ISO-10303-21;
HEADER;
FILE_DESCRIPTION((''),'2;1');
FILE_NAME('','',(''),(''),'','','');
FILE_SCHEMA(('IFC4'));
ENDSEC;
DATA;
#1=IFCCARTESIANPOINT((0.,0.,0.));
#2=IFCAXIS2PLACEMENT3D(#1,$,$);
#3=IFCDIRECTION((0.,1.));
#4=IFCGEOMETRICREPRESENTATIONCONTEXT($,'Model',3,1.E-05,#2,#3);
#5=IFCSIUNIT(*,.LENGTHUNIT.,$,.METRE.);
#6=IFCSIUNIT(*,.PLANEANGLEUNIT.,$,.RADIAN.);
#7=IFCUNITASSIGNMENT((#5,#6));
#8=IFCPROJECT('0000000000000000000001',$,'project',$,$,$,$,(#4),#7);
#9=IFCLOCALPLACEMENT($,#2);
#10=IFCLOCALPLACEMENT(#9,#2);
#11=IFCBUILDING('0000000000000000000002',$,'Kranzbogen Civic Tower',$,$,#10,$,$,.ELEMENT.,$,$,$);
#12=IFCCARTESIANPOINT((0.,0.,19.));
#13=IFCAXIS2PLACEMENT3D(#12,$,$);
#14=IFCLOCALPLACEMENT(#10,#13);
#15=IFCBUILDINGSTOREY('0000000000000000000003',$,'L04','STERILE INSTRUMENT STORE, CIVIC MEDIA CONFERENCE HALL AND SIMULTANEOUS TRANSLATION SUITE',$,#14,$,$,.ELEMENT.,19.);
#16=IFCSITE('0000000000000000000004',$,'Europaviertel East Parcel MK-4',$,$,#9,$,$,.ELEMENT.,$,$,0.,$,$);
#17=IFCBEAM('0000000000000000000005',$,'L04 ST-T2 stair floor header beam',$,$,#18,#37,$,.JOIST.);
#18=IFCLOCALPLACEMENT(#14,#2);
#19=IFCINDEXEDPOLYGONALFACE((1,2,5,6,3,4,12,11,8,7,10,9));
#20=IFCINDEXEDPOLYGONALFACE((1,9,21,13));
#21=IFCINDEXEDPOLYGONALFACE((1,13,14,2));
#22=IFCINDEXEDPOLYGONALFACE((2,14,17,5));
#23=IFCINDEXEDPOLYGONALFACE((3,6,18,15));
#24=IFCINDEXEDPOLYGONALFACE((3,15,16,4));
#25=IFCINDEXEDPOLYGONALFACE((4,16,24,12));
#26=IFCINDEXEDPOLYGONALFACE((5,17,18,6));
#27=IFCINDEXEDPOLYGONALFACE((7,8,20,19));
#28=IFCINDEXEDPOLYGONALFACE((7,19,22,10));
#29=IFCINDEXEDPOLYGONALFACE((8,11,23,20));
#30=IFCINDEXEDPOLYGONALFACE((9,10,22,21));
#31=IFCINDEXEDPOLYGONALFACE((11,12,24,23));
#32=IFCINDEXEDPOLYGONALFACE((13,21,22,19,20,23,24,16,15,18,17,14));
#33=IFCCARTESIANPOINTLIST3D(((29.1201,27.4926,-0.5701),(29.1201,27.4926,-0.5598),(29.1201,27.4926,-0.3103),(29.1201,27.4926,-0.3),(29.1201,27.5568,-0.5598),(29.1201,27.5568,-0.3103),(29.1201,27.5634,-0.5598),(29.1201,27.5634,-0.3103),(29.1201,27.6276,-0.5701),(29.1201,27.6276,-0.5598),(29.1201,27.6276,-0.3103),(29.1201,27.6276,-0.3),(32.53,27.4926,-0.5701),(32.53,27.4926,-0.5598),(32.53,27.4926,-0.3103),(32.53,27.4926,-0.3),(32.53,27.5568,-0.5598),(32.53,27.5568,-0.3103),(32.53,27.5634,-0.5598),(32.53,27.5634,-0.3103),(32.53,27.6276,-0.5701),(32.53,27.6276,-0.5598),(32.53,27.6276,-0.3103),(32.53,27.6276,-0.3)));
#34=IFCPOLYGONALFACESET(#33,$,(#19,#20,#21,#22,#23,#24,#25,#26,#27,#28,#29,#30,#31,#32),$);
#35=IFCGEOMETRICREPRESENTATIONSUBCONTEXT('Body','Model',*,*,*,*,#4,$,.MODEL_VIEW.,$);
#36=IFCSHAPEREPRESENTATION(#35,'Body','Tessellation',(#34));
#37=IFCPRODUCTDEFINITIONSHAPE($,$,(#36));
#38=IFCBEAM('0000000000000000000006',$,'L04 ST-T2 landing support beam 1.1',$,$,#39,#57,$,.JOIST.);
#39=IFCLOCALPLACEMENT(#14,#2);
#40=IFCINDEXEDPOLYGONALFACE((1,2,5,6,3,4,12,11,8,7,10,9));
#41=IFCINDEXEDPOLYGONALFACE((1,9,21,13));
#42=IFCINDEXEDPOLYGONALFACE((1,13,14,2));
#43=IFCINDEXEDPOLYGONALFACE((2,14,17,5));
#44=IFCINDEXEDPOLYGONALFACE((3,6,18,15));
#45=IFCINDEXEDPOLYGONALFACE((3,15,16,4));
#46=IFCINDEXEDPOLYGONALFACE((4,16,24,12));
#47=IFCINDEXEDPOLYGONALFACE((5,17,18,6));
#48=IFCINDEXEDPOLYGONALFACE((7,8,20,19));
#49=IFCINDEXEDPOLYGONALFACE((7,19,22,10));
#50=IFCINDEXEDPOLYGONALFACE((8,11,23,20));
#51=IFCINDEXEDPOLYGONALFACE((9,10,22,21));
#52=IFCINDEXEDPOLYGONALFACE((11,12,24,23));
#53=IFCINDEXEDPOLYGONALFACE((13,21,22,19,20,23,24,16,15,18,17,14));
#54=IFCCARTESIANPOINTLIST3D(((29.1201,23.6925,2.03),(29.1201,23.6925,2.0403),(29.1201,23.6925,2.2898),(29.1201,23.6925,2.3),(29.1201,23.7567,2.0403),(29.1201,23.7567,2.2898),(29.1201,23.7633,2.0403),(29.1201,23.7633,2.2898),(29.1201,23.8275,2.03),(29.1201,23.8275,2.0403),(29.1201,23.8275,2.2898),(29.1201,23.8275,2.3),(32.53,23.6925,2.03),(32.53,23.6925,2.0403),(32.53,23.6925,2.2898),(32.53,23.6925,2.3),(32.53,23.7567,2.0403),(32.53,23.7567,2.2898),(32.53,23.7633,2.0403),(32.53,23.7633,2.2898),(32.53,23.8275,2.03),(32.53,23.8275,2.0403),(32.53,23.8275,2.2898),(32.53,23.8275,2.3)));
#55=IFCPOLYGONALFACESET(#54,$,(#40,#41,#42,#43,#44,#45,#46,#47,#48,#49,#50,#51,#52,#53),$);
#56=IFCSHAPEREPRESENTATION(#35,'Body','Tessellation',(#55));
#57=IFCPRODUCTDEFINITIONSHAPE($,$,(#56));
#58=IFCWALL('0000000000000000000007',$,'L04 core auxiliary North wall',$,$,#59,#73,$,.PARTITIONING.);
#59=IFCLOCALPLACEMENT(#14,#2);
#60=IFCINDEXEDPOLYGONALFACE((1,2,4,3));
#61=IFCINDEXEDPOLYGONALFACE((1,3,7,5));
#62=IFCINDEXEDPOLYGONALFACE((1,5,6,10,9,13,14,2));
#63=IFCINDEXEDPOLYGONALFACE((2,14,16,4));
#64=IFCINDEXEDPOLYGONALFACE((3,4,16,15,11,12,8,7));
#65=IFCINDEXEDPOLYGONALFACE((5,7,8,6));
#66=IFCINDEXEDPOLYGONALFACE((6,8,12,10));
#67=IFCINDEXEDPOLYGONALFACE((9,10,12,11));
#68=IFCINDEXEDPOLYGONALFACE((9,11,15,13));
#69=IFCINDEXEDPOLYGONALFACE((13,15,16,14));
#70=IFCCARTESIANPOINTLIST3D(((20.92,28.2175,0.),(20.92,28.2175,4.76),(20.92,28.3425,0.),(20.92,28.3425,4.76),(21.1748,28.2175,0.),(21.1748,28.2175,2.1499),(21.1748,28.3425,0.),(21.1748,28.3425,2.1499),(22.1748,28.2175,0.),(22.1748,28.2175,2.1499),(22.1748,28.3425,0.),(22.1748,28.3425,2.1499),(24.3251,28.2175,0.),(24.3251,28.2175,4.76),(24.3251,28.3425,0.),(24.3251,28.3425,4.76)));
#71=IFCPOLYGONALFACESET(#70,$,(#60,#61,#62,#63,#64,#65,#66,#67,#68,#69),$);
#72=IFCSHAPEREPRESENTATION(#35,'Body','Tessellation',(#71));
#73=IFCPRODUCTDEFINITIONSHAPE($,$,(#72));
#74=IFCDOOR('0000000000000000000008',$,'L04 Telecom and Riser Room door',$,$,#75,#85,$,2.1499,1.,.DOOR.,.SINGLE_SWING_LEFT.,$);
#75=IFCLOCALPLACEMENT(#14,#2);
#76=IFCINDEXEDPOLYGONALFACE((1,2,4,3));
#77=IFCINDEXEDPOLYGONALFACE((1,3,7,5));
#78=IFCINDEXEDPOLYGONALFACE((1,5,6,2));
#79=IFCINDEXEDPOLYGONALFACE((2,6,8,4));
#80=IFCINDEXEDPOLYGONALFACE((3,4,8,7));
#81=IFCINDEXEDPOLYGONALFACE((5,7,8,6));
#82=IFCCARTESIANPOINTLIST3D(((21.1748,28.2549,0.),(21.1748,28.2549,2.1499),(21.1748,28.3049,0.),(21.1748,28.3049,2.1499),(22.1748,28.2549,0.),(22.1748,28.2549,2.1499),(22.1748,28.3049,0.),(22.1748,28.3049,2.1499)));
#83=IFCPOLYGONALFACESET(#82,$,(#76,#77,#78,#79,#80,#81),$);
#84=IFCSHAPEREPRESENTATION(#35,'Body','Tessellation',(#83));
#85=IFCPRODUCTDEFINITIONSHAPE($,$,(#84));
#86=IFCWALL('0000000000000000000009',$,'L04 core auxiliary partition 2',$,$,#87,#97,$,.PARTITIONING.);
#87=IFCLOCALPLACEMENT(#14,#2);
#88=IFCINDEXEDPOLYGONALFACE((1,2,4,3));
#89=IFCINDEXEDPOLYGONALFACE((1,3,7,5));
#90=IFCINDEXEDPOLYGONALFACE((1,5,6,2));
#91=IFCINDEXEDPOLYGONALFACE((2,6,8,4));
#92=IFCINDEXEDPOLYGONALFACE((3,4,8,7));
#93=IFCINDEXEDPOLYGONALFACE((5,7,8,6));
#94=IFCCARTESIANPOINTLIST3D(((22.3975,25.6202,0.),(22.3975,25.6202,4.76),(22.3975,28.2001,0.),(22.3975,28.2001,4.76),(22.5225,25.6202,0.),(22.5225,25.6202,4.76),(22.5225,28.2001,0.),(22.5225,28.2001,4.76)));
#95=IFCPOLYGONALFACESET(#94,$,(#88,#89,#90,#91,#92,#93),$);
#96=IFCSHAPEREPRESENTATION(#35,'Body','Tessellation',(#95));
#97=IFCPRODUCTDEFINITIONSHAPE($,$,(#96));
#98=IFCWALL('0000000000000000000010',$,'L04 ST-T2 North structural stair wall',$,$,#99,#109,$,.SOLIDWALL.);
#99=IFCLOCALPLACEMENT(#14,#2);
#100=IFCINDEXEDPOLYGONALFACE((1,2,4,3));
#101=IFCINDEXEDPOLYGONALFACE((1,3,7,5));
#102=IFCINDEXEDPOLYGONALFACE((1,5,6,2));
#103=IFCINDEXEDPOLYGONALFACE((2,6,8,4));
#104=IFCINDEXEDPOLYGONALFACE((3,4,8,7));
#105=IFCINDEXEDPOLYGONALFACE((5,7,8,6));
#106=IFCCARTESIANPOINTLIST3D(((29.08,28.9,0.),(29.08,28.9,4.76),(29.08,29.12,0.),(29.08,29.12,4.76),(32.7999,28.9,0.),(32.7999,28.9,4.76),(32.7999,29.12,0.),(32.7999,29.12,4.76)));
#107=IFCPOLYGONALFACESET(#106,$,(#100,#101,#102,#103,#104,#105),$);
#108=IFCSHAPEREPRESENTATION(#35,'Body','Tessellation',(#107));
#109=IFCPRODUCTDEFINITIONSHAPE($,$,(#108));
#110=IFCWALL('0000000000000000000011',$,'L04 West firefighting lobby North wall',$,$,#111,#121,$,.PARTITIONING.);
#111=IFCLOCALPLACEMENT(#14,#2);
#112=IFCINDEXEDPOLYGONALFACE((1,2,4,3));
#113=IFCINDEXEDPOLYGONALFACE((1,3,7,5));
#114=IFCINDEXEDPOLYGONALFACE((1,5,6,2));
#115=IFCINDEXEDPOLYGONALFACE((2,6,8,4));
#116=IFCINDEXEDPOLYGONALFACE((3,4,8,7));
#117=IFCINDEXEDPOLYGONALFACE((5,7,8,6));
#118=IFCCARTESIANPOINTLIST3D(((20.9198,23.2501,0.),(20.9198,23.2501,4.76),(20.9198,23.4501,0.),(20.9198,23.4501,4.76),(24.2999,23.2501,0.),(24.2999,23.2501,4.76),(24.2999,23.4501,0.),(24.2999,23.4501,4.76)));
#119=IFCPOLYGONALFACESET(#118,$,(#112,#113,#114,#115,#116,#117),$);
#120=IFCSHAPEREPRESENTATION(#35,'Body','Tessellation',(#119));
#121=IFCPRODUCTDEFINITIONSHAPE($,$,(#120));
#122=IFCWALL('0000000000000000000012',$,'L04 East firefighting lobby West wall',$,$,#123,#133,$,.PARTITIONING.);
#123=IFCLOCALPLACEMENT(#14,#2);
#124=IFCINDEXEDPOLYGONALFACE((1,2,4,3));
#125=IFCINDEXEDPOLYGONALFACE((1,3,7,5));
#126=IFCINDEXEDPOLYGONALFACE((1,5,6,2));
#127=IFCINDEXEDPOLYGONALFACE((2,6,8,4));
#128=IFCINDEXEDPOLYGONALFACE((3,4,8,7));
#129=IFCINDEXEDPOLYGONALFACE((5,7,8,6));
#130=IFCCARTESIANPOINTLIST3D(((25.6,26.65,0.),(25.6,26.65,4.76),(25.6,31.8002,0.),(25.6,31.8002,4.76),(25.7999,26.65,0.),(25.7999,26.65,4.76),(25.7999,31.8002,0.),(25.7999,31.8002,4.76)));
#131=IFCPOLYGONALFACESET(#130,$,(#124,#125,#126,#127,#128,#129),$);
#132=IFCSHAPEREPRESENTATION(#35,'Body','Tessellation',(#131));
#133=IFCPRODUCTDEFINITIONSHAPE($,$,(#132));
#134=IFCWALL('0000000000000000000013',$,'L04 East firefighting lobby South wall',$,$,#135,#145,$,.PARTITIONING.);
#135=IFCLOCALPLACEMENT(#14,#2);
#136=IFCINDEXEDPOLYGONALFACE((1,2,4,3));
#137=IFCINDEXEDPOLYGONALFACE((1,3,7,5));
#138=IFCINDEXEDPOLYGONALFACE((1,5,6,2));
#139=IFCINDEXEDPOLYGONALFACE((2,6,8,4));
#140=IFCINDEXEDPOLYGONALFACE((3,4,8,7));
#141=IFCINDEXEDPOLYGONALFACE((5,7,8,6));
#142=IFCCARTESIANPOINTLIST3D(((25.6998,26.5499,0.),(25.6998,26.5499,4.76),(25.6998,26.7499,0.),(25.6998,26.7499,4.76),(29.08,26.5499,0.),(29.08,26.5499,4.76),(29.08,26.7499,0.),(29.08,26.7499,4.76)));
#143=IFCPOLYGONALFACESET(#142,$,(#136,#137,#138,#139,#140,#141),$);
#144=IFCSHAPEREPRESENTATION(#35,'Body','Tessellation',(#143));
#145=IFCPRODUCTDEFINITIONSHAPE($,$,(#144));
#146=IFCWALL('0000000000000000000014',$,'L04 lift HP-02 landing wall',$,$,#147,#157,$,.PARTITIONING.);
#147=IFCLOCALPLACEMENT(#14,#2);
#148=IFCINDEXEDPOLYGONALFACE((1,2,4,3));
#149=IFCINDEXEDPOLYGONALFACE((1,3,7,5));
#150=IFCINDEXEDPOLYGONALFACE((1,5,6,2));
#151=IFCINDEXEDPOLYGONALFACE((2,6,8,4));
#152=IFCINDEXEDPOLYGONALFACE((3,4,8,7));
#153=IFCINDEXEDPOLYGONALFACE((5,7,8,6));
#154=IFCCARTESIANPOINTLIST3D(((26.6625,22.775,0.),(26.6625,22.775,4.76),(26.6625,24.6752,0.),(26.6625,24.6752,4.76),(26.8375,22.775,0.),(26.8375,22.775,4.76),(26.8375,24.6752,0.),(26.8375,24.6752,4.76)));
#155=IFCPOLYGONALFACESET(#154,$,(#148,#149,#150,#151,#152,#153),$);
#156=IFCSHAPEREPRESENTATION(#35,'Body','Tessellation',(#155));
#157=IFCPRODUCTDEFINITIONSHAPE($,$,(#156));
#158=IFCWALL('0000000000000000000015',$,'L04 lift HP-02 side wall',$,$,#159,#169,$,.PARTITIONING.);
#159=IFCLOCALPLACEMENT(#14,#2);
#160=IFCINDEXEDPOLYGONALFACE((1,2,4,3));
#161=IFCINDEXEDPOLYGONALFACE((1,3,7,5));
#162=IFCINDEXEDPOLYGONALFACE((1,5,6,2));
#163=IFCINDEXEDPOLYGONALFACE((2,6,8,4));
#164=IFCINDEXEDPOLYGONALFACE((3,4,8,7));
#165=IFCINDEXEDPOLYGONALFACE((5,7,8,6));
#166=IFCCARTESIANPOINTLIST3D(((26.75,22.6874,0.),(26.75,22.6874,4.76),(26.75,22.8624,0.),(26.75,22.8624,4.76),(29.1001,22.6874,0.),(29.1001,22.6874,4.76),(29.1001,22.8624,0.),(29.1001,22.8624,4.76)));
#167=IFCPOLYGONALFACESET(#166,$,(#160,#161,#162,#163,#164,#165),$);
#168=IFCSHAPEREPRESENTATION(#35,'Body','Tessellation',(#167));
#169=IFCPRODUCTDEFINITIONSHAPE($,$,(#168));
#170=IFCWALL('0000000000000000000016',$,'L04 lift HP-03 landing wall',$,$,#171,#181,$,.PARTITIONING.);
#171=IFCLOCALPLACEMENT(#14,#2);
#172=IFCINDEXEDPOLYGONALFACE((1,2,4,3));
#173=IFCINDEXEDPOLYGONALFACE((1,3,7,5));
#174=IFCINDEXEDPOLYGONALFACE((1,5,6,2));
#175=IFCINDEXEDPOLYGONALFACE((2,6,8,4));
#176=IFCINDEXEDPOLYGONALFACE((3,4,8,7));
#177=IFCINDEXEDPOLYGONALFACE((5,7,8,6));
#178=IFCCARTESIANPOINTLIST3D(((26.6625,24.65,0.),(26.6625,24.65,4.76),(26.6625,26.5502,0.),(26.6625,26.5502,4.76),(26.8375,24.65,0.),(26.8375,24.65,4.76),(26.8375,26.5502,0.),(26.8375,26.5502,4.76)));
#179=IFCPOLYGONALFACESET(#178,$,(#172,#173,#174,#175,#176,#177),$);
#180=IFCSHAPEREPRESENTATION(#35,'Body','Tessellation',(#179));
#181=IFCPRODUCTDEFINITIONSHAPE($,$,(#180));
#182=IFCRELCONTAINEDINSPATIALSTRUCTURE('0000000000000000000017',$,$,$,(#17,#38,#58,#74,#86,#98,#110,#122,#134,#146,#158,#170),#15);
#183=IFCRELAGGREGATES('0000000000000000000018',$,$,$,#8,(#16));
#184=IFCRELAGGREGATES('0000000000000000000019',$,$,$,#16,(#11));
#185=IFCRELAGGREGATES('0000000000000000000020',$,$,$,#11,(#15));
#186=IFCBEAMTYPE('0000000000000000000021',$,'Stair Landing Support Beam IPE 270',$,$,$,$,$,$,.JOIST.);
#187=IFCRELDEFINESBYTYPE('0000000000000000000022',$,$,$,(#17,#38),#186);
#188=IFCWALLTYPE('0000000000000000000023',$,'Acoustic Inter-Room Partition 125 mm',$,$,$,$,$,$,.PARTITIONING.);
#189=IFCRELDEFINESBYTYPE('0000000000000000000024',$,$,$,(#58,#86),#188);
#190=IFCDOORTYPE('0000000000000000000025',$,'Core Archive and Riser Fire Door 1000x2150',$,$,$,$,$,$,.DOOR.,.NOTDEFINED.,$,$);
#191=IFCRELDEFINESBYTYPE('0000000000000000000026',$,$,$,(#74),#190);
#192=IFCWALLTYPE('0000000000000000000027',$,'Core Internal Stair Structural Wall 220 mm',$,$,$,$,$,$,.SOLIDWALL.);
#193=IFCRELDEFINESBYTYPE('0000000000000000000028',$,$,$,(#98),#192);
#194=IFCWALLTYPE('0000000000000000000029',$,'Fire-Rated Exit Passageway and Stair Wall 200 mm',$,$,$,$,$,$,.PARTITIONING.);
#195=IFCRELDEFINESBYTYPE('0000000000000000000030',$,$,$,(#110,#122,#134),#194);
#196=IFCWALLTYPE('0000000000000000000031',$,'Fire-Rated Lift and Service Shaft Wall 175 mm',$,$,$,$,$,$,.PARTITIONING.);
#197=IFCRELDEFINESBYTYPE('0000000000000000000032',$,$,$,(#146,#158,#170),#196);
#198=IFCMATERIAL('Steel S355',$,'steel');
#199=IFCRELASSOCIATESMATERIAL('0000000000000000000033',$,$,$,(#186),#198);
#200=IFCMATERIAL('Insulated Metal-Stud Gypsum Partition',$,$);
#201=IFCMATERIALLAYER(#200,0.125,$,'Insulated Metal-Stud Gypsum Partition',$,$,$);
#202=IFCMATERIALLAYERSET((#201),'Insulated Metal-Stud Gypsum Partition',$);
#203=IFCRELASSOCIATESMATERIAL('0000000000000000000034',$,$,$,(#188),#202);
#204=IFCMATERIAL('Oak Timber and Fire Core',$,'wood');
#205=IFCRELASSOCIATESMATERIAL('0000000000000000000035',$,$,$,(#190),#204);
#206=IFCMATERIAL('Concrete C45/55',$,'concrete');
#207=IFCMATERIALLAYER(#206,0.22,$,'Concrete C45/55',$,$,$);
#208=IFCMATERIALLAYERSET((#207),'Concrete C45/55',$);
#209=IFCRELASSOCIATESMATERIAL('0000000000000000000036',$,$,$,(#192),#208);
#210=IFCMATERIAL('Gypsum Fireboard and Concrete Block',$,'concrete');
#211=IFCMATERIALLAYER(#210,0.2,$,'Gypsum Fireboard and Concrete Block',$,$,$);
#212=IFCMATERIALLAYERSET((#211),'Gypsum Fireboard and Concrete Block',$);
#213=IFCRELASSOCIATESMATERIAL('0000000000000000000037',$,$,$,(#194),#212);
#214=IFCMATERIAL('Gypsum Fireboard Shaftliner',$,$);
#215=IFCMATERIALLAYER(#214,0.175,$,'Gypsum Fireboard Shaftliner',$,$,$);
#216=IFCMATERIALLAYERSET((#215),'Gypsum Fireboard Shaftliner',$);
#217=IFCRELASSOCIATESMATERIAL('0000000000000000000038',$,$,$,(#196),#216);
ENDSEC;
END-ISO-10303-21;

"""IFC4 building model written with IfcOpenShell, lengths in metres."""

from ifc_helpers import new_model, si_unit, direction, frame, frame_2d, origin, origin_2d, place, context, subcontext, project, spatial, rectangle, i_section, extrude, material, layer, layer_set, material_profile, profile_set, type_object, element, fill, save


model = new_model("IFC4")

# Units and contexts
model_context = context("Model", 3, precision=1e-05, world=origin(), true_north=direction((0.0, 1.0)))
body_context = subcontext(model_context, "Body", "Model", "MODEL_VIEW")
ifc_project = project(units=[si_unit("LENGTHUNIT", "METRE"), si_unit("PLANEANGLEUNIT", "RADIAN")], contexts=[model_context])

# Site, building, storey
site_placement = place(None, origin())
site = spatial("IfcSite", under=ifc_project, at=site_placement, Name="Europaviertel East Parcel MK-4", CompositionType="ELEMENT", RefElevation=0.0)
building_placement = place(site_placement, origin())
building = spatial("IfcBuilding", under=site, at=building_placement, Name="Kranzbogen Civic Tower", CompositionType="ELEMENT")
storey_placement = place(building_placement, frame((0.0, 0.0, 19.0)))
storey = spatial("IfcBuildingStorey", under=building, at=storey_placement, Name="L04", Description="STERILE INSTRUMENT STORE, CIVIC MEDIA CONFERENCE HALL AND SIMULTANEOUS TRANSLATION SUITE", CompositionType="ELEMENT", Elevation=19.0)

# Beams
ifc_material_1 = material(Name="Steel S355", Category="steel")
ifc_material_profile = material_profile(ifc_material_1, i_section(OverallWidth=0.135, OverallDepth=0.27, WebThickness=0.0066, FlangeThickness=0.0103, at=origin_2d()), Name="IPE 270")
ifc_profile_set = profile_set([ifc_material_profile], Name="Steel S355")
beam_type = type_object("IfcBeamType", Name="Stair Landing Support Beam IPE 270", PredefinedType="JOIST", material=ifc_profile_set)
for number, where, z_axis, x_axis, name in (
    (1, (29.1201, 27.5601, -0.4351), (1.0, 0.0, 0.0), (0.0, 1.0, 0.0), "L04 ST-T2 stair floor header beam"),
    (2, (29.1201, 23.76, 2.165), (1.0, 0.0, 0.0), (0.0, 1.0, 0.0), "L04 ST-T2 landing support beam 1.1"),
):
    element("IfcBeam", number, at=place(storey_placement, frame(where, z_axis=z_axis, x_axis=x_axis)), inside=storey, type_object=beam_type, Name=name, PredefinedType="JOIST", context=body_context, shape_type="SweptSolid", body=[
        extrude(i_section(OverallWidth=0.135, OverallDepth=0.27, WebThickness=0.0066, FlangeThickness=0.0103, at=origin_2d()), origin(), (0.0, 0.0, 1.0), 3.4099),
    ])

# Wall, opening, door
ifc_material_2 = material(Name="Insulated Metal-Stud Gypsum Partition")
ifc_layer_1 = layer(ifc_material_2, 0.125, Name="Insulated Metal-Stud Gypsum Partition")
ifc_layer_set_1 = layer_set([ifc_layer_1], Name="Insulated Metal-Stud Gypsum Partition")
wall_type_1 = type_object("IfcWallType", Name="Acoustic Inter-Room Partition 125 mm", PredefinedType="PARTITIONING", material=ifc_layer_set_1)
wall_1_placement = place(storey_placement, frame((20.9199, 28.28, 0.0), z_axis=(0.0, 0.0, 1.0), x_axis=(1.0, 0.0, 0.0)))
wall_1 = element("IfcWall", 3, at=wall_1_placement, inside=storey, type_object=wall_type_1, Name="L04 core auxiliary North wall", PredefinedType="PARTITIONING", context=body_context, shape_type="SweptSolid", body=[
    extrude(rectangle(XDim=3.405, YDim=0.125, at=frame_2d((1.7026, 0.0))), origin(), (0.0, 0.0, 1.0), 4.76),
])
opening_1_placement = place(wall_1_placement, frame((0.2549, 0.0, 0.0)))
opening_1 = element("IfcOpeningElement", 4, at=opening_1_placement, cuts=wall_1, PredefinedType="OPENING", context=body_context, shape_type="SweptSolid", body=[
    extrude(rectangle(XDim=1.0, YDim=2.1499, at=frame_2d((0.5, 1.075))), frame((0.0, 0.0725, 0.0), z_axis=(0.0, -1.0, 0.0), x_axis=(1.0, 0.0, 0.0)), (0.0, 0.0, 1.0), 0.145),
])
ifc_material_3 = material(Name="Oak Timber and Fire Core", Category="wood")
door_type_1 = type_object("IfcDoorType", Name="Core Archive and Riser Fire Door 1000x2150", OperationType="NOTDEFINED", PredefinedType="DOOR", material=ifc_material_3)
door_1_placement = place(opening_1_placement, origin())
door_1 = element("IfcDoor", 5, at=door_1_placement, inside=storey, type_object=door_type_1, Name="L04 Telecom and Riser Room door", OperationType="SINGLE_SWING_LEFT", OverallHeight=2.1499, OverallWidth=1.0, PredefinedType="DOOR", context=body_context, shape_type="SweptSolid", body=[
    extrude(rectangle(XDim=1.0, YDim=2.1499, at=frame_2d((0.5, 1.075))), frame((0.0, 0.0249, 0.0), z_axis=(0.0, -1.0, 0.0), x_axis=(1.0, 0.0, 0.0)), (0.0, 0.0, 1.0), 0.05),
])
fill(opening_1, door_1)

# Walls
wall_2_placement = place(storey_placement, frame((22.46, 25.6201, 0.0), z_axis=(0.0, 0.0, 1.0), x_axis=(0.0, 1.0, 0.0)))
element("IfcWall", 6, at=wall_2_placement, inside=storey, type_object=wall_type_1, Name="L04 core auxiliary partition 2", PredefinedType="PARTITIONING", context=body_context, shape_type="SweptSolid", body=[
    extrude(rectangle(XDim=2.5798, YDim=0.125, at=frame_2d((1.29, 0.0))), origin(), (0.0, 0.0, 1.0), 4.76),
])
ifc_material_4 = material(Name="Concrete C45/55", Category="concrete")
ifc_layer_2 = layer(ifc_material_4, 0.22, Name="Concrete C45/55")
ifc_layer_set_2 = layer_set([ifc_layer_2], Name="Concrete C45/55")
wall_type_2 = type_object("IfcWallType", Name="Core Internal Stair Structural Wall 220 mm", PredefinedType="SOLIDWALL", material=ifc_layer_set_2)
wall_3_placement = place(storey_placement, frame((29.0801, 29.01, 0.0), z_axis=(0.0, 0.0, 1.0), x_axis=(1.0, 0.0, 0.0)))
element("IfcWall", 7, at=wall_3_placement, inside=storey, type_object=wall_type_2, Name="L04 ST-T2 North structural stair wall", PredefinedType="SOLIDWALL", context=body_context, shape_type="SweptSolid", body=[
    extrude(rectangle(XDim=3.72, YDim=0.22, at=frame_2d((1.8599, 0.0))), origin(), (0.0, 0.0, 1.0), 4.76),
])
ifc_material_5 = material(Name="Gypsum Fireboard and Concrete Block", Category="concrete")
ifc_layer_3 = layer(ifc_material_5, 0.2, Name="Gypsum Fireboard and Concrete Block")
ifc_layer_set_3 = layer_set([ifc_layer_3], Name="Gypsum Fireboard and Concrete Block")
wall_type_3 = type_object("IfcWallType", Name="Fire-Rated Exit Passageway and Stair Wall 200 mm", PredefinedType="PARTITIONING", material=ifc_layer_set_3)
wall_4_placement = place(storey_placement, frame((20.9199, 23.3501, 0.0), z_axis=(0.0, 0.0, 1.0), x_axis=(1.0, 0.0, 0.0)))
element("IfcWall", 8, at=wall_4_placement, inside=storey, type_object=wall_type_3, Name="L04 West firefighting lobby North wall", PredefinedType="PARTITIONING", context=body_context, shape_type="SweptSolid", body=[
    extrude(rectangle(XDim=3.3801, YDim=0.2, at=frame_2d((1.6899, 0.0))), origin(), (0.0, 0.0, 1.0), 4.76),
])
wall_5_placement = place(storey_placement, frame((25.7, 26.6499, 0.0), z_axis=(0.0, 0.0, 1.0), x_axis=(0.0, 1.0, 0.0)))
element("IfcWall", 9, at=wall_5_placement, inside=storey, type_object=wall_type_3, Name="L04 East firefighting lobby West wall", PredefinedType="PARTITIONING", context=body_context, shape_type="SweptSolid", body=[
    extrude(rectangle(XDim=5.1501, YDim=0.2, at=frame_2d((2.5752, 0.0))), origin(), (0.0, 0.0, 1.0), 4.76),
])
wall_6_placement = place(storey_placement, frame((25.7, 26.6499, 0.0), z_axis=(0.0, 0.0, 1.0), x_axis=(1.0, 0.0, 0.0)))
element("IfcWall", 10, at=wall_6_placement, inside=storey, type_object=wall_type_3, Name="L04 East firefighting lobby South wall", PredefinedType="PARTITIONING", context=body_context, shape_type="SweptSolid", body=[
    extrude(rectangle(XDim=3.3801, YDim=0.2, at=frame_2d((1.6899, 0.0))), origin(), (0.0, 0.0, 1.0), 4.76),
])
ifc_material_6 = material(Name="Gypsum Fireboard Shaftliner")
ifc_layer_4 = layer(ifc_material_6, 0.175, Name="Gypsum Fireboard Shaftliner")
ifc_layer_set_4 = layer_set([ifc_layer_4], Name="Gypsum Fireboard Shaftliner")
wall_type_4 = type_object("IfcWallType", Name="Fire-Rated Lift and Service Shaft Wall 175 mm", PredefinedType="PARTITIONING", material=ifc_layer_set_4)
wall_7_placement = place(storey_placement, frame((26.75, 22.7749, 0.0), z_axis=(0.0, 0.0, 1.0), x_axis=(0.0, 1.0, 0.0)))
element("IfcWall", 11, at=wall_7_placement, inside=storey, type_object=wall_type_4, Name="L04 lift HP-02 landing wall", PredefinedType="PARTITIONING", context=body_context, shape_type="SweptSolid", body=[
    extrude(rectangle(XDim=1.9001, YDim=0.175, at=frame_2d((0.9502, 0.0))), origin(), (0.0, 0.0, 1.0), 4.76),
])
wall_8_placement = place(storey_placement, frame((26.75, 22.7749, 0.0), z_axis=(0.0, 0.0, 1.0), x_axis=(1.0, 0.0, 0.0)))
element("IfcWall", 12, at=wall_8_placement, inside=storey, type_object=wall_type_4, Name="L04 lift HP-02 side wall", PredefinedType="PARTITIONING", context=body_context, shape_type="SweptSolid", body=[
    extrude(rectangle(XDim=2.3501, YDim=0.175, at=frame_2d((1.175, 0.0))), origin(), (0.0, 0.0, 1.0), 4.76),
])
wall_9_placement = place(storey_placement, frame((26.75, 24.6499, 0.0), z_axis=(0.0, 0.0, 1.0), x_axis=(0.0, 1.0, 0.0)))
element("IfcWall", 13, at=wall_9_placement, inside=storey, type_object=wall_type_4, Name="L04 lift HP-03 landing wall", PredefinedType="PARTITIONING", context=body_context, shape_type="SweptSolid", body=[
    extrude(rectangle(XDim=1.9001, YDim=0.175, at=frame_2d((0.9502, 0.0))), origin(), (0.0, 0.0, 1.0), 4.76),
])

save(model, "model.ifc")
